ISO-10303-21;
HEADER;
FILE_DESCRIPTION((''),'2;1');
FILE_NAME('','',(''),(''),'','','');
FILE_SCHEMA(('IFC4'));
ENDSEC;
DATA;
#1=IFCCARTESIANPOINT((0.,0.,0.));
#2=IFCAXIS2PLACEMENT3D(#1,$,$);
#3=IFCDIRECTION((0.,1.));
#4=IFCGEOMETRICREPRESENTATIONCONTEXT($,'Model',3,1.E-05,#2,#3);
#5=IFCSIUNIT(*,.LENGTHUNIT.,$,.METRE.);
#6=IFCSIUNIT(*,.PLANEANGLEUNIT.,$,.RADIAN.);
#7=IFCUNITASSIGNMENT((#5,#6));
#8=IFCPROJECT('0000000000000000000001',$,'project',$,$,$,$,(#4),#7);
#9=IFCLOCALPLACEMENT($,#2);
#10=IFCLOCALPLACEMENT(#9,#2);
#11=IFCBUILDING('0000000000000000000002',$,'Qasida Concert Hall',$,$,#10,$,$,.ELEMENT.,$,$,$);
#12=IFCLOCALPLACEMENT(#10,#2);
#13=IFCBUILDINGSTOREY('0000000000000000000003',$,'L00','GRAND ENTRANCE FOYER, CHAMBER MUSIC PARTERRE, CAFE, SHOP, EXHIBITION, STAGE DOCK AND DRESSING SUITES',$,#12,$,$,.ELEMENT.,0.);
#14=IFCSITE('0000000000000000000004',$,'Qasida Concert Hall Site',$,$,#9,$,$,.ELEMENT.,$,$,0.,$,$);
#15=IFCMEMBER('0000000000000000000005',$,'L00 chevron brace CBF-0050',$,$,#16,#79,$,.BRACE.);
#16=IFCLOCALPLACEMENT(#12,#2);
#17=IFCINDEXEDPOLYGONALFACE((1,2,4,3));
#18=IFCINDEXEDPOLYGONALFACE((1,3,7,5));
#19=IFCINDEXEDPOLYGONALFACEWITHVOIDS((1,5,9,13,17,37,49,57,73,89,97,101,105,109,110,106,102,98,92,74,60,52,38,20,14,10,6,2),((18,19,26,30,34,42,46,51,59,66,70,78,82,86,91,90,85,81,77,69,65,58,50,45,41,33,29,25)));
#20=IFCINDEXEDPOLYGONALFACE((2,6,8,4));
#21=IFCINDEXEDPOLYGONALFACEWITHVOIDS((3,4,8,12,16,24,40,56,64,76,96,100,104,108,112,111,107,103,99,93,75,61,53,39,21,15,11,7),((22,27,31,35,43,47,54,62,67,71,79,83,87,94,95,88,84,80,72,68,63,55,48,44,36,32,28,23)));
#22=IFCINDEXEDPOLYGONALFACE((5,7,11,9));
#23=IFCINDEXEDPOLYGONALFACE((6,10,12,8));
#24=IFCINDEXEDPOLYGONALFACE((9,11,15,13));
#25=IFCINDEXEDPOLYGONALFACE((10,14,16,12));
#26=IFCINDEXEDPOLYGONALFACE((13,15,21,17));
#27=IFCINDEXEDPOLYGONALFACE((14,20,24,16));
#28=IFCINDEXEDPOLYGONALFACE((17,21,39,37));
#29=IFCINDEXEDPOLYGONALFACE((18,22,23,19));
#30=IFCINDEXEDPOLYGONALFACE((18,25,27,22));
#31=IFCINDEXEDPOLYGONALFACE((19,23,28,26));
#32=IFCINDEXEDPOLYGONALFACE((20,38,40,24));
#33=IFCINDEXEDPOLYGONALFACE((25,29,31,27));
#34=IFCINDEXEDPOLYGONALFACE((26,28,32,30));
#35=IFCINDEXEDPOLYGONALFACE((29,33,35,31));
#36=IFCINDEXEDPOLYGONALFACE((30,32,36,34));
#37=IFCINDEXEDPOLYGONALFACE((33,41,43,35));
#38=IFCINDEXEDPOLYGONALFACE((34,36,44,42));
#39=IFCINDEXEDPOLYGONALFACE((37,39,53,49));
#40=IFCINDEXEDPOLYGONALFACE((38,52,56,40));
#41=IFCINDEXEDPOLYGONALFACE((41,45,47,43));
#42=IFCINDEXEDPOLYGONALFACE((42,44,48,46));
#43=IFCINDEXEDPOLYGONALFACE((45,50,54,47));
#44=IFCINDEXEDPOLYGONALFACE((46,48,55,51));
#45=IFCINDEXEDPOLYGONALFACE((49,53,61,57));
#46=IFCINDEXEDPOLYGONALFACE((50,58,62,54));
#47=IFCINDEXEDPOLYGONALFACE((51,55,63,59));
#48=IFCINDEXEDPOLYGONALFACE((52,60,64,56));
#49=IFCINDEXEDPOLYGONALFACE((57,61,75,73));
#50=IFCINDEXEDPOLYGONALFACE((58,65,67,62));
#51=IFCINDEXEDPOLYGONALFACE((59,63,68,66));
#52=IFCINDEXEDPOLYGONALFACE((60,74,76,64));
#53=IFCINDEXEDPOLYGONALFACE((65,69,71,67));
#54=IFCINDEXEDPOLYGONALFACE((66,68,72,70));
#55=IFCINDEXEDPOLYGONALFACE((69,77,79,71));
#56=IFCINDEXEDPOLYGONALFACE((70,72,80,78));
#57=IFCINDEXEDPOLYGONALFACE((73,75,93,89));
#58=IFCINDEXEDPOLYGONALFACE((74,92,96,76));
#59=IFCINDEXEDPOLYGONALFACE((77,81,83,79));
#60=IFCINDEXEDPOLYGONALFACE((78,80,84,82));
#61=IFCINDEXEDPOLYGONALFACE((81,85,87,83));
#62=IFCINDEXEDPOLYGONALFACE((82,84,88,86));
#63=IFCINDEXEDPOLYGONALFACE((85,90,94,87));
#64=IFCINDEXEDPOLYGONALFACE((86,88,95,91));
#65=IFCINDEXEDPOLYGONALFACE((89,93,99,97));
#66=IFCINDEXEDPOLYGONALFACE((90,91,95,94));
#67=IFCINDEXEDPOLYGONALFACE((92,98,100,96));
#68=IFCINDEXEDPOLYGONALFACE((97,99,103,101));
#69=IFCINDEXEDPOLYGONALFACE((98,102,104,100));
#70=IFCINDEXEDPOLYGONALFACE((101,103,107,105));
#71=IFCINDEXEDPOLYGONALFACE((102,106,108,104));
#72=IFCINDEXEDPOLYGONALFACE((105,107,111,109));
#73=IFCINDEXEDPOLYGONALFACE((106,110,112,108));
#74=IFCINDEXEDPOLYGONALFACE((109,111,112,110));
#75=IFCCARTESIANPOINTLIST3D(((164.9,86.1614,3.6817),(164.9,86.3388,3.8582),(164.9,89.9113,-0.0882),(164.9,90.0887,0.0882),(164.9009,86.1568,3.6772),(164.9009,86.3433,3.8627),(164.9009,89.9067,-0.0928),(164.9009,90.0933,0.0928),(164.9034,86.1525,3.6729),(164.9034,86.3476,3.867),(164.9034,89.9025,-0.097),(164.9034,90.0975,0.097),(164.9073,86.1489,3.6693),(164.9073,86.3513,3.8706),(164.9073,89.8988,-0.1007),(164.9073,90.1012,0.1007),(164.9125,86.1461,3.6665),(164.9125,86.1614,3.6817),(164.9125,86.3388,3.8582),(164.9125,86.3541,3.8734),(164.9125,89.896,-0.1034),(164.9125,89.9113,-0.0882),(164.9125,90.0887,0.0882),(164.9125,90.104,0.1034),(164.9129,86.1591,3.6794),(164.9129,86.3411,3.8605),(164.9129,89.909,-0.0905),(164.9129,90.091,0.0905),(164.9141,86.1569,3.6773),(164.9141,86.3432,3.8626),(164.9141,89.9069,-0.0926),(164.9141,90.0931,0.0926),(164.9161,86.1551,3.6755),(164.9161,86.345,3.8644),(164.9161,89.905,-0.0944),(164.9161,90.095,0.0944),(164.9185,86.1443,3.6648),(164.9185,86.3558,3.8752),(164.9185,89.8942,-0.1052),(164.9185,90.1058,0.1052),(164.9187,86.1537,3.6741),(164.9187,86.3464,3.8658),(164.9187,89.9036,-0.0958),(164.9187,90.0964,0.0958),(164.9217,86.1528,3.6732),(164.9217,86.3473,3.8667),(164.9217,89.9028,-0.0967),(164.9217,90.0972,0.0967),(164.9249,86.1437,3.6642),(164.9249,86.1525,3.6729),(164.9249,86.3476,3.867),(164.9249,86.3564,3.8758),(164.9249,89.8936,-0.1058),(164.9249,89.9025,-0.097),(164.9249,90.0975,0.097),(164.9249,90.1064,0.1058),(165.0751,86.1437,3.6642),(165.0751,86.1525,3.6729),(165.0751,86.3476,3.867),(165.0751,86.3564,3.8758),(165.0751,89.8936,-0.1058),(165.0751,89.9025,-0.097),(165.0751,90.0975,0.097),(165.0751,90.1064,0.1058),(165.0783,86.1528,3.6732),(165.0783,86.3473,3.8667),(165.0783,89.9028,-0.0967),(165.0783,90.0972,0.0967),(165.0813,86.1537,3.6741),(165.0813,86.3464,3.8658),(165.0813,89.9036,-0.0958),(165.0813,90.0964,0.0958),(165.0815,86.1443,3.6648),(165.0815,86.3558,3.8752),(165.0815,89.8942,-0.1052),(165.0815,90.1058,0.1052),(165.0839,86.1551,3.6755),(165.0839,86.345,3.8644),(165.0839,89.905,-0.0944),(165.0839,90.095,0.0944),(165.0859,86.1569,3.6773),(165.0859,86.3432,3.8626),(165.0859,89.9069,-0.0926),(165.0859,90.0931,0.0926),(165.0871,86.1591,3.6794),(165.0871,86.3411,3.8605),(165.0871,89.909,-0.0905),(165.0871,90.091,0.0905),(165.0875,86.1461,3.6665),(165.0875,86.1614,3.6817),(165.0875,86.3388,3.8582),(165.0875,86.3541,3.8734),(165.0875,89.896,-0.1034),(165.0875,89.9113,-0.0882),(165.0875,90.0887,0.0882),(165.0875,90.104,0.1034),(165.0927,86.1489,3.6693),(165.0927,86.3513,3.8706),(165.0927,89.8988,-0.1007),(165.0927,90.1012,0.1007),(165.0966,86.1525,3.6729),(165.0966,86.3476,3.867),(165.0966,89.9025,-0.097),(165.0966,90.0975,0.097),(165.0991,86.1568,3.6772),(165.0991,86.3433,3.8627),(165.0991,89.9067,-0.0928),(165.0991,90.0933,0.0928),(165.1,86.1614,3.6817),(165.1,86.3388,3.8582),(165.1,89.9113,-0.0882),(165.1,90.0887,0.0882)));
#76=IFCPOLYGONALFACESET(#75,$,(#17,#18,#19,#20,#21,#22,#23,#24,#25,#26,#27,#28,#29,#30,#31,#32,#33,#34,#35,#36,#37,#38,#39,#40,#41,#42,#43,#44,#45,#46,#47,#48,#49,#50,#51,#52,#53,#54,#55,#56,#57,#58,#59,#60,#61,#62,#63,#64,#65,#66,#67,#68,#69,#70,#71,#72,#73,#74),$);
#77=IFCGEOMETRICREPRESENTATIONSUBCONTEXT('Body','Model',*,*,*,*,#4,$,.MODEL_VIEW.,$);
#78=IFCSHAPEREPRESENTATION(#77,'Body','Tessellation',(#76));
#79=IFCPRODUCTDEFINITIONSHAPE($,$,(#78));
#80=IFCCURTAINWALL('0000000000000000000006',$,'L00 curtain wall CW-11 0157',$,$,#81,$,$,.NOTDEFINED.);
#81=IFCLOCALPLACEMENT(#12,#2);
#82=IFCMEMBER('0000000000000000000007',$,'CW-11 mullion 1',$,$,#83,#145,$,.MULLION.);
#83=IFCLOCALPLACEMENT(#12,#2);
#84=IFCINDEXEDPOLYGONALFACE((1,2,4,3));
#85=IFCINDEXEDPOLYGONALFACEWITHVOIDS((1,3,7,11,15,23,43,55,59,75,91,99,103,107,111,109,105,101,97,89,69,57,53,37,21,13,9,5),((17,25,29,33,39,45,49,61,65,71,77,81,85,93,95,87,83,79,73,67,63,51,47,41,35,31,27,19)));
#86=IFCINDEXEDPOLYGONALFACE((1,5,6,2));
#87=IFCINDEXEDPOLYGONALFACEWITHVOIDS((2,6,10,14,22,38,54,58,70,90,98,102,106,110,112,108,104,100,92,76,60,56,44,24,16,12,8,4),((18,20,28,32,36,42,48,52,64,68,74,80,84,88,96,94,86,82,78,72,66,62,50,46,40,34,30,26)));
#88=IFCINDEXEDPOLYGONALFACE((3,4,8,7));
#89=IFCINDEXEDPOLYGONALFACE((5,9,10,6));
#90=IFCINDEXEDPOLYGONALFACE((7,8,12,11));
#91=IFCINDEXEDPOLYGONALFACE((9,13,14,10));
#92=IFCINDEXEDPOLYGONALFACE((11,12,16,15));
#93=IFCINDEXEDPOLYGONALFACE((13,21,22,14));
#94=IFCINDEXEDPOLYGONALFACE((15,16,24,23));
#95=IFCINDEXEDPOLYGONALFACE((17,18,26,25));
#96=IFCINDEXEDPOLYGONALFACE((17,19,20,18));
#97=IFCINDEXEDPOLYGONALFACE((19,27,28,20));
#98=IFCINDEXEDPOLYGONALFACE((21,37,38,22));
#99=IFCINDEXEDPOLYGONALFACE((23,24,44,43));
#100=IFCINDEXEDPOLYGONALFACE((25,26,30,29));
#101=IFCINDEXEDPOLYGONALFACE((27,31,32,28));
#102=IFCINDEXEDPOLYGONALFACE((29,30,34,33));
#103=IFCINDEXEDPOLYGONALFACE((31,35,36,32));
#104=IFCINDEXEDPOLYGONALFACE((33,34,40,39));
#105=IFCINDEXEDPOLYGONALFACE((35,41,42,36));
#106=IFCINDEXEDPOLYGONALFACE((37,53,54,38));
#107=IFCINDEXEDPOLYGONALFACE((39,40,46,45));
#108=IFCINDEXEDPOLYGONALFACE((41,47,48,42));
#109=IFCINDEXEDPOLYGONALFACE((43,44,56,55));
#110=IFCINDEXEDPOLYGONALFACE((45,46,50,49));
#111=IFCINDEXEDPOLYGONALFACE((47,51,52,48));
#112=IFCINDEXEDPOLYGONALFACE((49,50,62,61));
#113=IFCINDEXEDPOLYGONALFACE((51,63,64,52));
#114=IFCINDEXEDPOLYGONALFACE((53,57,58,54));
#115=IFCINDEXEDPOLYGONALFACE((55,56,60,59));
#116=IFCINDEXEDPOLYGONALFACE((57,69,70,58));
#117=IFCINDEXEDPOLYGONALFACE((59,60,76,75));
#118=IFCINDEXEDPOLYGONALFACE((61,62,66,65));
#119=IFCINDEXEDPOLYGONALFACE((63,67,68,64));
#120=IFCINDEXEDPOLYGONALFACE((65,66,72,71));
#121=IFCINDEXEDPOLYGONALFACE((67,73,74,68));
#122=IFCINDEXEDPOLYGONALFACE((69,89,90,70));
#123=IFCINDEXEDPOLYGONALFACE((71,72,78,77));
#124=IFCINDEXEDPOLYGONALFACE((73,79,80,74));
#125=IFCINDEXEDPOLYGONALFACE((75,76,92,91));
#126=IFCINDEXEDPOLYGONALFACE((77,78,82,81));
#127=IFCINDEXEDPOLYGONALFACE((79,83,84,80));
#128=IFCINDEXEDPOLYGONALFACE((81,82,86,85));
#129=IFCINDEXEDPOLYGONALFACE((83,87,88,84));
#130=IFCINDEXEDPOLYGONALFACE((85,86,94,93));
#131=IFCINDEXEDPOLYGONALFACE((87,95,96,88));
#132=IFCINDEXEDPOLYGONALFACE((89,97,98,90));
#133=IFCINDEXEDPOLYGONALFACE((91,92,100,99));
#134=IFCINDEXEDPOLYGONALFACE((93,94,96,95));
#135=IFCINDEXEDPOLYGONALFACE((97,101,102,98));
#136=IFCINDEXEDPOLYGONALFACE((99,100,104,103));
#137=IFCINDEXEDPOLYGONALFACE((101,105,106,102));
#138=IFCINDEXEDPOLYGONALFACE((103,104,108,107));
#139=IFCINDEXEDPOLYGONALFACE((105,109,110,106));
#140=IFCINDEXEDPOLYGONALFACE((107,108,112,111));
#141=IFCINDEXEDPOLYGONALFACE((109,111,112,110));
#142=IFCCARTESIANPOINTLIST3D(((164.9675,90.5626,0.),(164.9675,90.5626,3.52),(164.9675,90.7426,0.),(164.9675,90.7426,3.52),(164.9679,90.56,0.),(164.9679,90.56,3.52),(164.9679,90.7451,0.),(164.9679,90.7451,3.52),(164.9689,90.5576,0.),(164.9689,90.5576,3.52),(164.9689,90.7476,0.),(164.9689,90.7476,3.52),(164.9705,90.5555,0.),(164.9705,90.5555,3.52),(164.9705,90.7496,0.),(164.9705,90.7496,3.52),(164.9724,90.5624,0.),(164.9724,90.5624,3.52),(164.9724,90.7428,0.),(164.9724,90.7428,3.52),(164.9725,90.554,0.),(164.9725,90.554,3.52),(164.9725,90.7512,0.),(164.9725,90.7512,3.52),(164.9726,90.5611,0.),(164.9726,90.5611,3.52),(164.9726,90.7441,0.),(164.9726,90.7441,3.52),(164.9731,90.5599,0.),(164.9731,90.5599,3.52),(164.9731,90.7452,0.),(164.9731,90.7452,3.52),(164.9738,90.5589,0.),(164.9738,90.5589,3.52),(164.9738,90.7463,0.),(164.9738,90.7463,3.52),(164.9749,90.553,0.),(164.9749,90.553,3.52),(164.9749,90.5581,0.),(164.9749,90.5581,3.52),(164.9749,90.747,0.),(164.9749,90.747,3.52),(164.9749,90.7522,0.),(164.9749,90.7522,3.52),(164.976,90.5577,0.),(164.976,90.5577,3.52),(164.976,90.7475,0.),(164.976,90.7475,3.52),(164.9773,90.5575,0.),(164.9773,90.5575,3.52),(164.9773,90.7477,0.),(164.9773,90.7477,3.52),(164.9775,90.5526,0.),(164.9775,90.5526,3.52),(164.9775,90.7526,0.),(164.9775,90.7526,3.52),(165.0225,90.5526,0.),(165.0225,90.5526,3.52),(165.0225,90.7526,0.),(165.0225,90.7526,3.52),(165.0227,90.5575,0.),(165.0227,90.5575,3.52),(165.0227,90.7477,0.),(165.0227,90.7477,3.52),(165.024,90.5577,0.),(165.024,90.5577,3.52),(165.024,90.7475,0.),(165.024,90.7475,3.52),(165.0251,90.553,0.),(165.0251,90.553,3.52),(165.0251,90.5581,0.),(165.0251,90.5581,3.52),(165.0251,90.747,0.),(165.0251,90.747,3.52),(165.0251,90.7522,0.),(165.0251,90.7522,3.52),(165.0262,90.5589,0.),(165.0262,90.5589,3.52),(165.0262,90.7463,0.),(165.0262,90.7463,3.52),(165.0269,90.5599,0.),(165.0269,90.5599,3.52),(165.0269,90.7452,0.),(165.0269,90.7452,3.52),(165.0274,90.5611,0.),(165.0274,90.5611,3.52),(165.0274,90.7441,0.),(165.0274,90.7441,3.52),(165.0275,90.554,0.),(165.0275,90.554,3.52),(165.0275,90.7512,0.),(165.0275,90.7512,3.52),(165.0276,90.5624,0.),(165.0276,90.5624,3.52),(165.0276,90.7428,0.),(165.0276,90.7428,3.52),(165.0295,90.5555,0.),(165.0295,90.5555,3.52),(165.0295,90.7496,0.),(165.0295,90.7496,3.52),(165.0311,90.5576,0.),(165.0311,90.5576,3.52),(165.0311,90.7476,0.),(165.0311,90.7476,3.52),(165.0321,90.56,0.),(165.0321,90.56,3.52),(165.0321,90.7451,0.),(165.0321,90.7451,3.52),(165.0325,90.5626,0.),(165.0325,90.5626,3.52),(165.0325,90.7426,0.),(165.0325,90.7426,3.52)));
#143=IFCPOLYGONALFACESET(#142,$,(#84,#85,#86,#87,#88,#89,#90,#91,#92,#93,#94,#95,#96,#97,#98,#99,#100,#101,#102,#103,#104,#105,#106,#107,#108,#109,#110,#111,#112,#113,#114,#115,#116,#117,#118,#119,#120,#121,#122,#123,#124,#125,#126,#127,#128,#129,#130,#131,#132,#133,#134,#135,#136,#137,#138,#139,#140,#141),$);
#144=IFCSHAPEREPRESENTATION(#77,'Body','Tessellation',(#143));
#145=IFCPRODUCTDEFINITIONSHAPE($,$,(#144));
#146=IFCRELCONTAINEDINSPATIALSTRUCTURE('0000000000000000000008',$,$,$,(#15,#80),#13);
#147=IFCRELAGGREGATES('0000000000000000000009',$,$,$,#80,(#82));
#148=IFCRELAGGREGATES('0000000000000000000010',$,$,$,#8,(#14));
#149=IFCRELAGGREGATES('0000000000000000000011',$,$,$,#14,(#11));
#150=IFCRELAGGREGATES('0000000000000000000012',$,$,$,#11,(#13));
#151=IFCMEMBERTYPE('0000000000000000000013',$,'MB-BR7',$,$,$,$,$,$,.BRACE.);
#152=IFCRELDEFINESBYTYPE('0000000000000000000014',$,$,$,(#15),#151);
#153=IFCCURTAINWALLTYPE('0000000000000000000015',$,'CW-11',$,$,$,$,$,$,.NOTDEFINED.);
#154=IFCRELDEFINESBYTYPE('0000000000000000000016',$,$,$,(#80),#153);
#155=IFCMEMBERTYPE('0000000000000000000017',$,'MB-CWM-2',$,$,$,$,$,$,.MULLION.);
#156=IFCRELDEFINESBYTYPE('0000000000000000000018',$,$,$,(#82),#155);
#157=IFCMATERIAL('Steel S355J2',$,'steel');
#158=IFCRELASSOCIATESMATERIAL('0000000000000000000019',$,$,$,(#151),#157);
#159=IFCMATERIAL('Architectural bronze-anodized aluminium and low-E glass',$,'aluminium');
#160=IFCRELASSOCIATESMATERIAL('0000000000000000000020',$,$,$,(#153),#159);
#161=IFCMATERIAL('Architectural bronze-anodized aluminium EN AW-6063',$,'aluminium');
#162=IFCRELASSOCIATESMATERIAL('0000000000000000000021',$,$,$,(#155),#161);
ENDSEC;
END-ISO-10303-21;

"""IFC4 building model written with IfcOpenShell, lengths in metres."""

from ifc_helpers import new_model, si_unit, direction, frame, origin, origin_2d, place, context, subcontext, project, spatial, hollow_rectangle, extrude, material, material_profile, profile_set, type_object, element, aggregate, save


model = new_model("IFC4")

# Units and contexts
model_context = context("Model", 3, precision=1e-05, world=origin(), true_north=direction((0.0, 1.0)))
body_context = subcontext(model_context, "Body", "Model", "MODEL_VIEW")
ifc_project = project(units=[si_unit("LENGTHUNIT", "METRE"), si_unit("PLANEANGLEUNIT", "RADIAN")], contexts=[model_context])

# Site, building, storey
site_placement = place(None, origin())
site = spatial("IfcSite", under=ifc_project, at=site_placement, Name="Qasida Concert Hall Site", CompositionType="ELEMENT", RefElevation=0.0)
building_placement = place(site_placement, origin())
building = spatial("IfcBuilding", under=site, at=building_placement, Name="Qasida Concert Hall", CompositionType="ELEMENT")
storey_placement = place(building_placement, origin())
storey = spatial("IfcBuildingStorey", under=building, at=storey_placement, Name="L00", Description="GRAND ENTRANCE FOYER, CHAMBER MUSIC PARTERRE, CAFE, SHOP, EXHIBITION, STAGE DOCK AND DRESSING SUITES", CompositionType="ELEMENT", Elevation=0.0)

# Shared definitions
ifc_material_1 = material(Name="Steel S355J2", Category="steel")

# Member
ifc_material_profile_1 = material_profile(ifc_material_1, hollow_rectangle(XDim=0.2, YDim=0.3, WallThickness=0.0125, InnerFilletRadius=0.0125, OuterFilletRadius=0.0249, at=origin_2d()), Name="RHS 300x200x12.5")
ifc_profile_set_1 = profile_set([ifc_material_profile_1], Name="Steel S355J2")
member_type_1 = type_object("IfcMemberType", Name="MB-BR7", PredefinedType="BRACE", material=ifc_profile_set_1)
member_1_placement = place(storey_placement, frame((165.0, 90.0, 0.0), z_axis=(0.0, -0.705222, 0.708987), x_axis=(1.0, 0.0, 0.0)))
element("IfcMember", 1, at=member_1_placement, inside=storey, type_object=member_type_1, Name="L00 chevron brace CBF-0050", PredefinedType="BRACE", context=body_context, shape_type="SweptSolid", body=[
    extrude(hollow_rectangle(XDim=0.2, YDim=0.3, WallThickness=0.0125, InnerFilletRadius=0.0125, OuterFilletRadius=0.0249, at=origin_2d()), origin(), (0.0, 0.0, 1.0), 5.3174),
])

# Curtain wall, member
ifc_material_2 = material(Name="Architectural bronze-anodized aluminium and low-E glass", Category="aluminium")
curtain_wall_type = type_object("IfcCurtainWallType", Name="CW-11", PredefinedType="NOTDEFINED", material=ifc_material_2)
curtain_wall_placement = place(storey_placement, origin())
curtain_wall = element("IfcCurtainWall", 2, at=curtain_wall_placement, inside=storey, type_object=curtain_wall_type, Name="L00 curtain wall CW-11 0157", PredefinedType="NOTDEFINED")
ifc_material_3 = material(Name="Architectural bronze-anodized aluminium EN AW-6063", Category="aluminium")
ifc_material_profile_2 = material_profile(ifc_material_3, hollow_rectangle(XDim=0.0649, YDim=0.2, WallThickness=0.0049, InnerFilletRadius=0.0049, OuterFilletRadius=0.01, at=origin_2d()), Name="CWM 200x65x5")
ifc_profile_set_2 = profile_set([ifc_material_profile_2], Name="Architectural bronze-anodized aluminium EN AW-6063")
member_type_2 = type_object("IfcMemberType", Name="MB-CWM-2", PredefinedType="MULLION", material=ifc_profile_set_2)
member_2_placement = place(storey_placement, frame((165.0, 90.6526, 0.0), z_axis=(0.0, 0.0, 1.0), x_axis=(-1.0, 0.0, 0.0)))
member_2 = element("IfcMember", 3, at=member_2_placement, type_object=member_type_2, Name="CW-11 mullion 1", PredefinedType="MULLION", context=body_context, shape_type="SweptSolid", body=[
    extrude(hollow_rectangle(XDim=0.0649, YDim=0.2, WallThickness=0.0049, InnerFilletRadius=0.0049, OuterFilletRadius=0.01, at=origin_2d()), origin(), (0.0, 0.0, 1.0), 3.52),
])
aggregate(curtain_wall, [member_2])

save(model, "model.ifc")
